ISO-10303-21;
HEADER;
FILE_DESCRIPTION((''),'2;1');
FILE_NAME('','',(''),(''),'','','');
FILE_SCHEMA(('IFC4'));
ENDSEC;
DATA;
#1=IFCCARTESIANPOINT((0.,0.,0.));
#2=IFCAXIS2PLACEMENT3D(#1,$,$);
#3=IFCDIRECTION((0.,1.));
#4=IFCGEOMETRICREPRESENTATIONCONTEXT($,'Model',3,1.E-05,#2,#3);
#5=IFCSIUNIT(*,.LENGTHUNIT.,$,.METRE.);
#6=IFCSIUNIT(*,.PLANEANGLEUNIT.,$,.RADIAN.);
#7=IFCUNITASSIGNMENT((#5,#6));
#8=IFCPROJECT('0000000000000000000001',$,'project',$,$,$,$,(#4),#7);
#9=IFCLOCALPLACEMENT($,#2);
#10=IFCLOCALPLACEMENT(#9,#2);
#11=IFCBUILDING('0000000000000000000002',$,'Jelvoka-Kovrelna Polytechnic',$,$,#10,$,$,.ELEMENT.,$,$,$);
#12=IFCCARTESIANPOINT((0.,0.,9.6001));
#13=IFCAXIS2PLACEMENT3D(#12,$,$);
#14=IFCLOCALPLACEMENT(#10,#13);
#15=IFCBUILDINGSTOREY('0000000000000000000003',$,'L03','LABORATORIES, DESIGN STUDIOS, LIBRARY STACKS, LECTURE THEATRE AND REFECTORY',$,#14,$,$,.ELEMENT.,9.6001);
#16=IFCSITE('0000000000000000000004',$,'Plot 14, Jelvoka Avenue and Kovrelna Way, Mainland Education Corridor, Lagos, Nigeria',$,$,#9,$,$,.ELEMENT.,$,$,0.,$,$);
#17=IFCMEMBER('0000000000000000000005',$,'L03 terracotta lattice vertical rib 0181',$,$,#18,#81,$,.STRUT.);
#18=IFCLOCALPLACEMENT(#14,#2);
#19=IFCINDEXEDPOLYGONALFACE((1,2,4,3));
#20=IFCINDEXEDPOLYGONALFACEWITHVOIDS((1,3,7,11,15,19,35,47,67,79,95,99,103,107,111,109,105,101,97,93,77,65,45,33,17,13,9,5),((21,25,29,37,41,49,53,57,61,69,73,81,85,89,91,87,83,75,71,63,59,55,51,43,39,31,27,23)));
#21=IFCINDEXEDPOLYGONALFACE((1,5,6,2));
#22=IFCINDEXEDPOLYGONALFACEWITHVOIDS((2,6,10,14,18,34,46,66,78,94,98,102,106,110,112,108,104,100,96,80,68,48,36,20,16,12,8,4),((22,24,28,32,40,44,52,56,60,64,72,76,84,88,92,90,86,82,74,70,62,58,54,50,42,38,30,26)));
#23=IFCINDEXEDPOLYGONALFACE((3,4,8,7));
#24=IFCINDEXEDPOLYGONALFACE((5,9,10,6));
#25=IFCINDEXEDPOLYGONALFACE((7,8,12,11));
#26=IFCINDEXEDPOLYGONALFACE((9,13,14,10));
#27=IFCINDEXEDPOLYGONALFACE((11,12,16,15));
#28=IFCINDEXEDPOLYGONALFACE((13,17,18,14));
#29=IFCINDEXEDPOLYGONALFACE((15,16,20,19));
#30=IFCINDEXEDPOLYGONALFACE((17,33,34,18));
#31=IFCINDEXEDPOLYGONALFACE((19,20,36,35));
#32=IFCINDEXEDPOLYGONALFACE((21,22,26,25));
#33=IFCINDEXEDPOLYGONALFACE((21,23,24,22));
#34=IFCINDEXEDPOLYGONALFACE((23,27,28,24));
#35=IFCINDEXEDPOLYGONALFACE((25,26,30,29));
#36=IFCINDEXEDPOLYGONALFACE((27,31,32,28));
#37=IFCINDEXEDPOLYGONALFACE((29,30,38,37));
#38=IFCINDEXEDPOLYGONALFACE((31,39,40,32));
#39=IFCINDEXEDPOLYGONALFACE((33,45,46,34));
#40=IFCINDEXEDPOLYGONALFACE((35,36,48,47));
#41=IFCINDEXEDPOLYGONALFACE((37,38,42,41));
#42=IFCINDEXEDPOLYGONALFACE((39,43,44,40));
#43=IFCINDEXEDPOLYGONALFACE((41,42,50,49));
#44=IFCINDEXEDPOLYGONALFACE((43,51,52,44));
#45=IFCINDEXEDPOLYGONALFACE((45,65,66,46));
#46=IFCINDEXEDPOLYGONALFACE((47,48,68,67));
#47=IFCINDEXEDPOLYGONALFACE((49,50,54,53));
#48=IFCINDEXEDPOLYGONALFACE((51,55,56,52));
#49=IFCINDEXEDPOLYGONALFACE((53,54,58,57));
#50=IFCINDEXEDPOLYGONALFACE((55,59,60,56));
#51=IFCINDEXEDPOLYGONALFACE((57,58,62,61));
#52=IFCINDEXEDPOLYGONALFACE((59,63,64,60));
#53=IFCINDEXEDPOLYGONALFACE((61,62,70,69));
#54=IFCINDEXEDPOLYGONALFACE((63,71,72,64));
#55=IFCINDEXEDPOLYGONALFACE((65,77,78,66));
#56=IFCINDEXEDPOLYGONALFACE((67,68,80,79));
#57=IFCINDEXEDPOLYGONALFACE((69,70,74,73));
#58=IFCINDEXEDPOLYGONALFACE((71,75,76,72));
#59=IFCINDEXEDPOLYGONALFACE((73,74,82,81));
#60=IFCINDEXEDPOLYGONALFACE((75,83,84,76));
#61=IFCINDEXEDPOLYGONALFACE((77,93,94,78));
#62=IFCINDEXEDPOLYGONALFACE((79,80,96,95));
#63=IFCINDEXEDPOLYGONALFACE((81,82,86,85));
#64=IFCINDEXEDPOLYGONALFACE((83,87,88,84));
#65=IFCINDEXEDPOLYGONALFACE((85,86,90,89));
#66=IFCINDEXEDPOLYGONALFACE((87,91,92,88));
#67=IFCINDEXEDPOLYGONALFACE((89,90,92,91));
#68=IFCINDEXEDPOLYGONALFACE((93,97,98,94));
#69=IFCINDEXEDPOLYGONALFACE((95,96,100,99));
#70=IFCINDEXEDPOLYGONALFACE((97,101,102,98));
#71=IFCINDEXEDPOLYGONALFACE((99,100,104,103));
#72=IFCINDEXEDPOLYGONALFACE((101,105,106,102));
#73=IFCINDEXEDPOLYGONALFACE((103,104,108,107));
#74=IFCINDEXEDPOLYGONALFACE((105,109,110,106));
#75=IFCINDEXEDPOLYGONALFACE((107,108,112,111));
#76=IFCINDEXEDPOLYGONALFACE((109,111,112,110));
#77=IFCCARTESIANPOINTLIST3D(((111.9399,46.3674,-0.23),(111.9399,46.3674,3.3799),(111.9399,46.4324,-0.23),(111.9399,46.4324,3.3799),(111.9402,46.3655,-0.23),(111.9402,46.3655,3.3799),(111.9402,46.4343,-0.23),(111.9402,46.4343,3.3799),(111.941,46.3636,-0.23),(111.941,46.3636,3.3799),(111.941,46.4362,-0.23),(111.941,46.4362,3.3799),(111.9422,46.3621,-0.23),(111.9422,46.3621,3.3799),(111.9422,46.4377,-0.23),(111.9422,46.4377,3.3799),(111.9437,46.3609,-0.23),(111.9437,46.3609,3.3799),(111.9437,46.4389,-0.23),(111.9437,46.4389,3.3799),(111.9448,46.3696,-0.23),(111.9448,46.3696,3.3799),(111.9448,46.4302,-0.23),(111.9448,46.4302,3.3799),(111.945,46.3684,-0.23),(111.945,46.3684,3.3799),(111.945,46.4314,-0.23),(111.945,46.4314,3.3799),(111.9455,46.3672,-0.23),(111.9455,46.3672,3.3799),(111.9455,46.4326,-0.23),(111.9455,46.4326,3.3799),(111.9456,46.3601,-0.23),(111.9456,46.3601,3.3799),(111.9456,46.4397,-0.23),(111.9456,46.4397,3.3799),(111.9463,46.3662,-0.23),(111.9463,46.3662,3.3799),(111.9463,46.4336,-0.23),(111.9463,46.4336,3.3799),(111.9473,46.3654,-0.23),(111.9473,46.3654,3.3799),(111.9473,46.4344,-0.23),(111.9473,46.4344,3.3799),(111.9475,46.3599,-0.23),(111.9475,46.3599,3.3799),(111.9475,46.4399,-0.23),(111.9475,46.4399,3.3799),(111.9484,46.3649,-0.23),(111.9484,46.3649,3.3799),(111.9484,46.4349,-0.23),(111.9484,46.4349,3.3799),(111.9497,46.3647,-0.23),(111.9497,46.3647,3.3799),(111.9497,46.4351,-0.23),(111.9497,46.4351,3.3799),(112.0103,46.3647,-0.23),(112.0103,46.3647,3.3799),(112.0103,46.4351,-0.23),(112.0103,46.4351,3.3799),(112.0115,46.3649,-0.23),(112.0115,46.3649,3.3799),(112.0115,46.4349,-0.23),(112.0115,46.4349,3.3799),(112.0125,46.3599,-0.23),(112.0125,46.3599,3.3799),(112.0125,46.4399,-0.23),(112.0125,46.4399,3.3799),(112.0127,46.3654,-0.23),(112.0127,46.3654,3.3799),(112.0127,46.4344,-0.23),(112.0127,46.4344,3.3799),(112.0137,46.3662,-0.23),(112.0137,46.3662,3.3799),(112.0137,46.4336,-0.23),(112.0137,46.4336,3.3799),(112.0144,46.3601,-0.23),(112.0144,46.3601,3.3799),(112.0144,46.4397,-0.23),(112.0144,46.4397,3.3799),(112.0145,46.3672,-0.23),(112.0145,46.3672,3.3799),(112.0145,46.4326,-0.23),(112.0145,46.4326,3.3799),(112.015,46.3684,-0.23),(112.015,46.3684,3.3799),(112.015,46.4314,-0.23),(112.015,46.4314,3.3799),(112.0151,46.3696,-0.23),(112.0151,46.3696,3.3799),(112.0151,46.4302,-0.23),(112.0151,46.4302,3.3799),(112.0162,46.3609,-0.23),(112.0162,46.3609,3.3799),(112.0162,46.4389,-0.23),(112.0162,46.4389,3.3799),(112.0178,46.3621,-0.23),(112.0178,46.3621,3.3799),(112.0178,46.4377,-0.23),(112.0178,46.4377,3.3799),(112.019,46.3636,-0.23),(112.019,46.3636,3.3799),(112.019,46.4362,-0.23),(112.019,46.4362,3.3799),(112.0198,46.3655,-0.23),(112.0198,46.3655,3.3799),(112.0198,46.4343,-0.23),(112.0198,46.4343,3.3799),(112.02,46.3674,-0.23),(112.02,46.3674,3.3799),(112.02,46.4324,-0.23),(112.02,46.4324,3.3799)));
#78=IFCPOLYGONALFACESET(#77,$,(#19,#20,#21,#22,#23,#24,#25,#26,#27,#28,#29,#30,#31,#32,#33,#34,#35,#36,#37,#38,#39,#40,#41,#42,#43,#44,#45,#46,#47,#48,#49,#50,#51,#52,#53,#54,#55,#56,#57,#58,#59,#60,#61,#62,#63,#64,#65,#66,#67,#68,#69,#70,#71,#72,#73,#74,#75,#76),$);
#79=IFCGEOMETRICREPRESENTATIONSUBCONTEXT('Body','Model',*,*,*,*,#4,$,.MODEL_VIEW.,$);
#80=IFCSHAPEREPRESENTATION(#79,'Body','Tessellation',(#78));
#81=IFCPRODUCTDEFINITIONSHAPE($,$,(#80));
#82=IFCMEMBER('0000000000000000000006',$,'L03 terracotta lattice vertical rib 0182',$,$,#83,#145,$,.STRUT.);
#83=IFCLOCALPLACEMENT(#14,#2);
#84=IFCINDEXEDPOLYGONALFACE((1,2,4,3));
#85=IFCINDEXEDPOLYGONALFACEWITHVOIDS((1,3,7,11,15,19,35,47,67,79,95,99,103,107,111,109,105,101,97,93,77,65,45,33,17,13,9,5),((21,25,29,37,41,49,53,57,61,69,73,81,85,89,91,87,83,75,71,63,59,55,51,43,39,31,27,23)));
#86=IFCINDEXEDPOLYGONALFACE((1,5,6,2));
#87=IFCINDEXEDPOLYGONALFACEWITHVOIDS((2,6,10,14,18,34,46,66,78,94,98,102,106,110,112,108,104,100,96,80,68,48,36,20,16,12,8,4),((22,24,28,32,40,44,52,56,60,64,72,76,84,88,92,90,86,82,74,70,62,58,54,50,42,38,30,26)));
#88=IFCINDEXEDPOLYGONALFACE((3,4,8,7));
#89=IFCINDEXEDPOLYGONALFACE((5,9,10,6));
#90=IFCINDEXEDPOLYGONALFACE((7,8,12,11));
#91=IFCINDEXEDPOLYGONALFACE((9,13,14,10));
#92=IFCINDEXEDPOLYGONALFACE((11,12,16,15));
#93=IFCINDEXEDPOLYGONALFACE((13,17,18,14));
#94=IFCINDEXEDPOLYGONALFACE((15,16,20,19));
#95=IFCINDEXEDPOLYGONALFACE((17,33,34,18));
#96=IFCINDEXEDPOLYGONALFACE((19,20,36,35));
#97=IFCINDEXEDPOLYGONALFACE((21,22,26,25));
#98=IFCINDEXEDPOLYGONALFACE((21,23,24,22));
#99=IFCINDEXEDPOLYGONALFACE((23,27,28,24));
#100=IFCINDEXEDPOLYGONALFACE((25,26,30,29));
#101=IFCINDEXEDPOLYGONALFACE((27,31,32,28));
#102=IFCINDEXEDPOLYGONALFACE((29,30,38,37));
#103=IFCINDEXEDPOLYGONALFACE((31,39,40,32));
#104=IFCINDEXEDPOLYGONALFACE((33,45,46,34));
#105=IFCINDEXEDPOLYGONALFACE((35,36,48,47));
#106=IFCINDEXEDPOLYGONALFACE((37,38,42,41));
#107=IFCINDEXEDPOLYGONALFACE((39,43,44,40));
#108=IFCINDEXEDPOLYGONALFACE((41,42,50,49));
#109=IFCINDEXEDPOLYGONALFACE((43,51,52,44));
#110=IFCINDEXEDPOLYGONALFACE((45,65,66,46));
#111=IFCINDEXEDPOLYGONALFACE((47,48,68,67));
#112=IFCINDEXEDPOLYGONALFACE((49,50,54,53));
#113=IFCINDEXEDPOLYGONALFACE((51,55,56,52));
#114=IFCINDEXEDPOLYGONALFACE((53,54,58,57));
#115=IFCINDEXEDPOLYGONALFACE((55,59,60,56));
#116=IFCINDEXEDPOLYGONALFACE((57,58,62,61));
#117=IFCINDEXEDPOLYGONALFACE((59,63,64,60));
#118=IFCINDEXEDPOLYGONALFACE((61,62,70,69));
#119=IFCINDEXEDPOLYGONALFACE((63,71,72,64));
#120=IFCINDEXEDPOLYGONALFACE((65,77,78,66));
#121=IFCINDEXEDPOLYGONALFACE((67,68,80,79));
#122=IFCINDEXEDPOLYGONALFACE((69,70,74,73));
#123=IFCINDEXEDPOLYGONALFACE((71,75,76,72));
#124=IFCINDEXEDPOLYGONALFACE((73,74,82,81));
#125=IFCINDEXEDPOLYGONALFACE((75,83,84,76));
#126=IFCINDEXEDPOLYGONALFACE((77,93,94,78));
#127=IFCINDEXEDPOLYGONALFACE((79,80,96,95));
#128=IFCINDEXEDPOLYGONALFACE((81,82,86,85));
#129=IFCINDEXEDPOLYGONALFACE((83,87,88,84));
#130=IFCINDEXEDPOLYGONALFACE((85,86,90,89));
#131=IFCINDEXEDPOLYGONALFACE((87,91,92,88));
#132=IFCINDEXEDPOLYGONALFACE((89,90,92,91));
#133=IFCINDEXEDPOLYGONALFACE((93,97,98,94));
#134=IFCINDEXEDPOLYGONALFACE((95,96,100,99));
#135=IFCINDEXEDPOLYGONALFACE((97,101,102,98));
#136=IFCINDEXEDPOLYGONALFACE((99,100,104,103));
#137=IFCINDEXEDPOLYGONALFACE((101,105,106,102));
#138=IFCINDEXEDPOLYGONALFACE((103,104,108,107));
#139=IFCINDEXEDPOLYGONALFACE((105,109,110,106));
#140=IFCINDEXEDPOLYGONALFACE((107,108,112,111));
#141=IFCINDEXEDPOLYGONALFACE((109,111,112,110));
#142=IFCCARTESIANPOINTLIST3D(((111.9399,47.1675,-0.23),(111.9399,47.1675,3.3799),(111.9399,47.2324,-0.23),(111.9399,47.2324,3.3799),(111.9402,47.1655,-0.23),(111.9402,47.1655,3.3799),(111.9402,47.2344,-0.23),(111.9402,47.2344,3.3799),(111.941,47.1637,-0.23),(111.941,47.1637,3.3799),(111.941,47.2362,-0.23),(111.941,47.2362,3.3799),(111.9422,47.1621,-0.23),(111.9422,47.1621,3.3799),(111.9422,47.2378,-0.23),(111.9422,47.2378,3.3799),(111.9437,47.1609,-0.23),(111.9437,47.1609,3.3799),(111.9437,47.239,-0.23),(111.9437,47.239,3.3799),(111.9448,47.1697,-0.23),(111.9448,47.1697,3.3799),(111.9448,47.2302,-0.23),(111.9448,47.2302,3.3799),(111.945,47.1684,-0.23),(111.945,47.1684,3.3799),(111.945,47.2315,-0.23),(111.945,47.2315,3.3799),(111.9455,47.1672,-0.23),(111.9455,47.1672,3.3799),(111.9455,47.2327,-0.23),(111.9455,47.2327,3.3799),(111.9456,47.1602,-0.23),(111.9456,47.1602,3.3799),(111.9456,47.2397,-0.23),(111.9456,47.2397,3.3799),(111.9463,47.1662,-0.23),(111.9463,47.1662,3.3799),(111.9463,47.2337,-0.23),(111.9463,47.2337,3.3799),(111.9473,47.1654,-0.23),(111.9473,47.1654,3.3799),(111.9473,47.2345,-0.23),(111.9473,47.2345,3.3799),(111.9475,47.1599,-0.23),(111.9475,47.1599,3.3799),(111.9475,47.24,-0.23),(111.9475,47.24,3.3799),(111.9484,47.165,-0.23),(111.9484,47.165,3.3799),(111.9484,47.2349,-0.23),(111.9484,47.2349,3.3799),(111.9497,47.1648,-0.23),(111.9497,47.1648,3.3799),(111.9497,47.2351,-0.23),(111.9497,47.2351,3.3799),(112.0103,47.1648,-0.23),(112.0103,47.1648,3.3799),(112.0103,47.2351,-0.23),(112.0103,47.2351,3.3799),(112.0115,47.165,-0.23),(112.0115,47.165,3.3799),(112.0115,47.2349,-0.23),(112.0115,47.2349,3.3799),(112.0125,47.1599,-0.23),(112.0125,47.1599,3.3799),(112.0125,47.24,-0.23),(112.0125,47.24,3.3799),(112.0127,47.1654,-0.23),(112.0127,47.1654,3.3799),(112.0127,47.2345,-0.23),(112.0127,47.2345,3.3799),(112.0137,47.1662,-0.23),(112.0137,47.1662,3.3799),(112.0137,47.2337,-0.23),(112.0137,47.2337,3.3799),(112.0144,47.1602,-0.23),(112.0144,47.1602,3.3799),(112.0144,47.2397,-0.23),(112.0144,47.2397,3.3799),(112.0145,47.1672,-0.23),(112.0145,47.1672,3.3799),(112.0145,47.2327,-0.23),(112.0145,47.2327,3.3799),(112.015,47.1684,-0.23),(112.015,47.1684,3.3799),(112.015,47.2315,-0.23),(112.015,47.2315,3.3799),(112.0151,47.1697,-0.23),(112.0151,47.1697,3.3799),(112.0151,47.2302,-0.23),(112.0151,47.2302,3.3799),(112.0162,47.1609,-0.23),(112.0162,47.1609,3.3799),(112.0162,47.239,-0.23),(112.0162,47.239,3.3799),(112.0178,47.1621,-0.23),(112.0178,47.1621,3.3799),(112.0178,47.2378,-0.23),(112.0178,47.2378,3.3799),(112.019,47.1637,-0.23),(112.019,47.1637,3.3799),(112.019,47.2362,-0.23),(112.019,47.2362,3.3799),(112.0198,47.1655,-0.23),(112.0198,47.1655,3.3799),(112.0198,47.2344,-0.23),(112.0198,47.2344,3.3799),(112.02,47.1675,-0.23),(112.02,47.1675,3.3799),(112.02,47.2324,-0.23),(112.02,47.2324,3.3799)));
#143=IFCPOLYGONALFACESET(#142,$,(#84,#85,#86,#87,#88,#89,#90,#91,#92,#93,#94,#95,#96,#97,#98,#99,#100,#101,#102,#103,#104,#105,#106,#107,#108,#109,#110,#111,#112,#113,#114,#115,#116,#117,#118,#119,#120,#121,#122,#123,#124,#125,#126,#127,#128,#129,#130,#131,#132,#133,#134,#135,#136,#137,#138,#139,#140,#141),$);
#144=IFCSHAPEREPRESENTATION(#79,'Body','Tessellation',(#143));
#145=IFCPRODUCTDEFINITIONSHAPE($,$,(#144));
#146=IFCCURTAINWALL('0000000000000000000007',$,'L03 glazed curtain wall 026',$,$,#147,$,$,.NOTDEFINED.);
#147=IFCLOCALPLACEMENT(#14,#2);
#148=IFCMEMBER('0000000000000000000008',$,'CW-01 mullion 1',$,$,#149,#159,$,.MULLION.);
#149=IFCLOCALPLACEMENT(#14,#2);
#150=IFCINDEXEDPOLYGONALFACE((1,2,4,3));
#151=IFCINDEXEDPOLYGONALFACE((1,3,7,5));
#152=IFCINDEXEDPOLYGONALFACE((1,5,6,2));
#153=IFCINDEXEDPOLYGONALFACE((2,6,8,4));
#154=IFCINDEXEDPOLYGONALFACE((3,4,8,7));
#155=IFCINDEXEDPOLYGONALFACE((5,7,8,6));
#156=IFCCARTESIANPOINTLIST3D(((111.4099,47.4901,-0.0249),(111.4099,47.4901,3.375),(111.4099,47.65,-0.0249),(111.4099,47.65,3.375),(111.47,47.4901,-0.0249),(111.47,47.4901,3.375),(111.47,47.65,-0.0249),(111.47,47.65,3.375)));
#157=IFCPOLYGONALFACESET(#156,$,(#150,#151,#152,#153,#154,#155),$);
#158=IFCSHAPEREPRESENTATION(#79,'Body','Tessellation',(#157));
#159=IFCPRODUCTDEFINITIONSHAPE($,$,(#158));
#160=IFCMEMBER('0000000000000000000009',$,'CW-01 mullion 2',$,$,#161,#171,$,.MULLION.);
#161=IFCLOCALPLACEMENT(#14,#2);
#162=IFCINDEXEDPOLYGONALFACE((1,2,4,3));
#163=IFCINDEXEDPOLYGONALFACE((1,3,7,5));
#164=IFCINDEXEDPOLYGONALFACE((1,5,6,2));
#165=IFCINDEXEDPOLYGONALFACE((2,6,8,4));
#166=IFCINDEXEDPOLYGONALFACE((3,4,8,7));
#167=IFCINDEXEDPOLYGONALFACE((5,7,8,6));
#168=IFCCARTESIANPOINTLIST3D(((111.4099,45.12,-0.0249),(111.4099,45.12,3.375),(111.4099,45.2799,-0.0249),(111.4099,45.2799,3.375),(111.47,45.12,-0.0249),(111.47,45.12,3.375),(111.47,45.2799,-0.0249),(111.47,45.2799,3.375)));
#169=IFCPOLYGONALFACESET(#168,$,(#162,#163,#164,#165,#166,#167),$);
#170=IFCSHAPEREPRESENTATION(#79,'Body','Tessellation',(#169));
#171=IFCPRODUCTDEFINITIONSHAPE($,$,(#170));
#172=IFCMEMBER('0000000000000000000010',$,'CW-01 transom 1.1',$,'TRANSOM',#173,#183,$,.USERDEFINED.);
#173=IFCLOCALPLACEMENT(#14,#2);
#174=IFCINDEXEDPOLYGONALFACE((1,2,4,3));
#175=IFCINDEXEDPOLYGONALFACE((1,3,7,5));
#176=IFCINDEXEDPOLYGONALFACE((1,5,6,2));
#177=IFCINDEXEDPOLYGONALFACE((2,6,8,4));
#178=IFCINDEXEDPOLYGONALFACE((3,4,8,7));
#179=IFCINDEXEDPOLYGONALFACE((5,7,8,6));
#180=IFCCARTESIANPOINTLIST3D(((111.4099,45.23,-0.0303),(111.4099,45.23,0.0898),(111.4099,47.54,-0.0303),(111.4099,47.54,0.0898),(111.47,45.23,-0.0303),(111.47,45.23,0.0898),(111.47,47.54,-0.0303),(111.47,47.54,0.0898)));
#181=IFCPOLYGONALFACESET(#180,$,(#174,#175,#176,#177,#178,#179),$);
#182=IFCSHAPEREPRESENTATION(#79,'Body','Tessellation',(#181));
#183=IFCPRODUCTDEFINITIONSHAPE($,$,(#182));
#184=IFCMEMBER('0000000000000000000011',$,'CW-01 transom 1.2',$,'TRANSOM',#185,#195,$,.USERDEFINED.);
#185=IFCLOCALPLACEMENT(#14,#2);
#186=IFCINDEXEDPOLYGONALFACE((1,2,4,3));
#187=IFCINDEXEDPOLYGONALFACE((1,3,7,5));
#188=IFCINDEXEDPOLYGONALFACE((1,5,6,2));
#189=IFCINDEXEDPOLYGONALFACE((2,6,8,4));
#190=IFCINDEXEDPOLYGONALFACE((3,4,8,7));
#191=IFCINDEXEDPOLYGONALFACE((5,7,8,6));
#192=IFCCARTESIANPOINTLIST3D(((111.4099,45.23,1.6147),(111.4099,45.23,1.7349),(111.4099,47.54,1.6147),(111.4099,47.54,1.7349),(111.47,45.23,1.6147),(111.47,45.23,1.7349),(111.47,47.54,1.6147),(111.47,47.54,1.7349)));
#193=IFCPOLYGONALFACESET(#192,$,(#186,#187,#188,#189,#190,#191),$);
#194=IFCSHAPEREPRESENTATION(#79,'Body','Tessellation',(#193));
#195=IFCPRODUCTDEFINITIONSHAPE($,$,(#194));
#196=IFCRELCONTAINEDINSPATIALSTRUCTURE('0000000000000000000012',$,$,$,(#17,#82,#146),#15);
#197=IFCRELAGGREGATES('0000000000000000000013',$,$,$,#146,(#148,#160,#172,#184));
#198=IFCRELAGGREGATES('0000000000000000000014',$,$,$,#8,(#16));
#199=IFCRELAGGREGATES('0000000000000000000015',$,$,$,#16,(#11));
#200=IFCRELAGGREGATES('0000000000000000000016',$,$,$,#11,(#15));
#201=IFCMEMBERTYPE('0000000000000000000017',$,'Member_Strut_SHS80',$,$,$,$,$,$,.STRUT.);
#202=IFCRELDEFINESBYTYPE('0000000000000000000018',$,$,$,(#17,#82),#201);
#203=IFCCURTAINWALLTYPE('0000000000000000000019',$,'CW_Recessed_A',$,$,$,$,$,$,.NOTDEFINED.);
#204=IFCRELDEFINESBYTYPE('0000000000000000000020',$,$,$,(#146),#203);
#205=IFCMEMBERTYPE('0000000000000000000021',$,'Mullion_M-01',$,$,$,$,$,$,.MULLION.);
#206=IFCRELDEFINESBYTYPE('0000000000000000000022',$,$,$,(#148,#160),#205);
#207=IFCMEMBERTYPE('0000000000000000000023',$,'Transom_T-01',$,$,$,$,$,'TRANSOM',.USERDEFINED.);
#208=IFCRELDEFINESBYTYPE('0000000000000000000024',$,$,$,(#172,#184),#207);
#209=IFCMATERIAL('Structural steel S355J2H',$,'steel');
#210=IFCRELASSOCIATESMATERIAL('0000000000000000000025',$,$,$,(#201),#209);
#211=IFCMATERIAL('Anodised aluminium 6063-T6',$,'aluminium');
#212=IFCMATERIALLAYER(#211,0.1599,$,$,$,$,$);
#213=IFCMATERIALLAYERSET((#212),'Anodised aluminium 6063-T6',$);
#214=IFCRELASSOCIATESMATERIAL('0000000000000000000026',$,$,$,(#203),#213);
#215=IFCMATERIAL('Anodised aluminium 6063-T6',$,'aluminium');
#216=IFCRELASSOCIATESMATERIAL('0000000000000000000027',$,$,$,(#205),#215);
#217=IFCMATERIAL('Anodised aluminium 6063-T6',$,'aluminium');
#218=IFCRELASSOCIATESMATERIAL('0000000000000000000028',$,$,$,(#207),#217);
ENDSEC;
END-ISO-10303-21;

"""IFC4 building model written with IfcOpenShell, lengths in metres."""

from ifc_helpers import new_model, si_unit, direction, frame, origin, origin_2d, place, context, subcontext, project, spatial, rectangle, hollow_rectangle, extrude, material, layer, layer_set, material_profile, profile_set, type_object, element, aggregate, save


model = new_model("IFC4")

# Units and contexts
model_context = context("Model", 3, precision=1e-05, world=origin(), true_north=direction((0.0, 1.0)))
body_context = subcontext(model_context, "Body", "Model", "MODEL_VIEW")
ifc_project = project(units=[si_unit("LENGTHUNIT", "METRE"), si_unit("PLANEANGLEUNIT", "RADIAN")], contexts=[model_context])

# Site, building, storey
site_placement = place(None, origin())
site = spatial("IfcSite", under=ifc_project, at=site_placement, Name="Plot 14, Jelvoka Avenue and Kovrelna Way, Mainland Education Corridor, Lagos, Nigeria", CompositionType="ELEMENT", RefElevation=0.0)
building_placement = place(site_placement, origin())
building = spatial("IfcBuilding", under=site, at=building_placement, Name="Jelvoka-Kovrelna Polytechnic", CompositionType="ELEMENT")
storey_placement = place(building_placement, frame((0.0, 0.0, 9.6001)))
storey = spatial("IfcBuildingStorey", under=building, at=storey_placement, Name="L03", Description="LABORATORIES, DESIGN STUDIOS, LIBRARY STACKS, LECTURE THEATRE AND REFECTORY", CompositionType="ELEMENT", Elevation=9.6001)

# Members
ifc_material_1 = material(Name="Structural steel S355J2H", Category="steel")
ifc_material_profile_1 = material_profile(ifc_material_1, hollow_rectangle(XDim=0.0801, YDim=0.0801, WallThickness=0.0049, InnerFilletRadius=0.0049, OuterFilletRadius=0.0076, at=origin_2d()), Name="80x80x5.0 SHS")
ifc_profile_set_1 = profile_set([ifc_material_profile_1], Name="Structural steel S355J2H")
member_type_1 = type_object("IfcMemberType", Name="Member_Strut_SHS80", PredefinedType="STRUT", material=ifc_profile_set_1)
for number, where, z_axis, x_axis, name in (
    (1, (111.98, 46.3999, -0.23), (0.0, 0.0, 1.0), (1.0, 0.0, 0.0), "L03 terracotta lattice vertical rib 0181"),
    (2, (111.98, 47.2, -0.23), (0.0, 0.0, 1.0), (1.0, 0.0, 0.0), "L03 terracotta lattice vertical rib 0182"),
):
    element("IfcMember", number, at=place(storey_placement, frame(where, z_axis=z_axis, x_axis=x_axis)), inside=storey, type_object=member_type_1, Name=name, PredefinedType="STRUT", context=body_context, shape_type="SweptSolid", body=[
        extrude(hollow_rectangle(XDim=0.0801, YDim=0.0801, WallThickness=0.0049, InnerFilletRadius=0.0049, OuterFilletRadius=0.0076, at=origin_2d()), origin(), (0.0, 0.0, 1.0), 3.6099),
    ])

# Curtain wall, members
ifc_material_2 = material(Name="Anodised aluminium 6063-T6", Category="aluminium")
ifc_layer_1 = layer(ifc_material_2, 0.1599)
ifc_layer_set_1 = layer_set([ifc_layer_1], Name="Anodised aluminium 6063-T6")
curtain_wall_type = type_object("IfcCurtainWallType", Name="CW_Recessed_A", PredefinedType="NOTDEFINED", material=ifc_layer_set_1)
curtain_wall_placement = place(storey_placement, origin())
curtain_wall = element("IfcCurtainWall", 3, at=curtain_wall_placement, inside=storey, type_object=curtain_wall_type, Name="L03 glazed curtain wall 026", PredefinedType="NOTDEFINED")
ifc_material_3 = material(Name="Anodised aluminium 6063-T6", Category="aluminium")
ifc_material_profile_2 = material_profile(ifc_material_3, rectangle(XDim=0.0601, YDim=0.1599, at=origin_2d()), Name="ALU 60x160")
ifc_profile_set_2 = profile_set([ifc_material_profile_2], Name="Anodised aluminium 6063-T6")
member_type_2 = type_object("IfcMemberType", Name="Mullion_M-01", PredefinedType="MULLION", material=ifc_profile_set_2)
member_1_placement = place(storey_placement, frame((111.4399, 47.5701, -0.0249), z_axis=(0.0, 0.0, 1.0), x_axis=(1.0, 0.0, 0.0)))
member_1 = element("IfcMember", 4, at=member_1_placement, type_object=member_type_2, Name="CW-01 mullion 1", PredefinedType="MULLION", context=body_context, shape_type="SweptSolid", body=[
    extrude(rectangle(XDim=0.0601, YDim=0.1599, at=origin_2d()), origin(), (0.0, 0.0, 1.0), 3.3999),
])
member_2_placement = place(storey_placement, frame((111.4399, 45.2, -0.0249), z_axis=(0.0, 0.0, 1.0), x_axis=(1.0, 0.0, 0.0)))
member_2 = element("IfcMember", 5, at=member_2_placement, type_object=member_type_2, Name="CW-01 mullion 2", PredefinedType="MULLION", context=body_context, shape_type="SweptSolid", body=[
    extrude(rectangle(XDim=0.0601, YDim=0.1599, at=origin_2d()), origin(), (0.0, 0.0, 1.0), 3.3999),
])
ifc_material_4 = material(Name="Anodised aluminium 6063-T6", Category="aluminium")
ifc_material_profile_3 = material_profile(ifc_material_4, rectangle(XDim=0.0601, YDim=0.1201, at=origin_2d()), Name="ALU 60x120")
ifc_profile_set_3 = profile_set([ifc_material_profile_3], Name="Anodised aluminium 6063-T6")
member_type_3 = type_object("IfcMemberType", Name="Transom_T-01", ElementType="TRANSOM", PredefinedType="USERDEFINED", material=ifc_profile_set_3)
member_3_placement = place(storey_placement, frame((111.4399, 47.54, 0.0298), z_axis=(0.0, -1.0, 0.0), x_axis=(1.0, 0.0, 0.0)))
member_3 = element("IfcMember", 6, at=member_3_placement, type_object=member_type_3, Name="CW-01 transom 1.1", ObjectType="TRANSOM", PredefinedType="USERDEFINED", context=body_context, shape_type="SweptSolid", body=[
    extrude(rectangle(XDim=0.0601, YDim=0.1201, at=origin_2d()), origin(), (0.0, 0.0, 1.0), 2.3101),
])
member_4_placement = place(storey_placement, frame((111.4399, 47.54, 1.6748), z_axis=(0.0, -1.0, 0.0), x_axis=(1.0, 0.0, 0.0)))
member_4 = element("IfcMember", 7, at=member_4_placement, type_object=member_type_3, Name="CW-01 transom 1.2", ObjectType="TRANSOM", PredefinedType="USERDEFINED", context=body_context, shape_type="SweptSolid", body=[
    extrude(rectangle(XDim=0.0601, YDim=0.1201, at=origin_2d()), origin(), (0.0, 0.0, 1.0), 2.3101),
])
aggregate(curtain_wall, [member_1, member_2, member_3, member_4])

save(model, "model.ifc")
